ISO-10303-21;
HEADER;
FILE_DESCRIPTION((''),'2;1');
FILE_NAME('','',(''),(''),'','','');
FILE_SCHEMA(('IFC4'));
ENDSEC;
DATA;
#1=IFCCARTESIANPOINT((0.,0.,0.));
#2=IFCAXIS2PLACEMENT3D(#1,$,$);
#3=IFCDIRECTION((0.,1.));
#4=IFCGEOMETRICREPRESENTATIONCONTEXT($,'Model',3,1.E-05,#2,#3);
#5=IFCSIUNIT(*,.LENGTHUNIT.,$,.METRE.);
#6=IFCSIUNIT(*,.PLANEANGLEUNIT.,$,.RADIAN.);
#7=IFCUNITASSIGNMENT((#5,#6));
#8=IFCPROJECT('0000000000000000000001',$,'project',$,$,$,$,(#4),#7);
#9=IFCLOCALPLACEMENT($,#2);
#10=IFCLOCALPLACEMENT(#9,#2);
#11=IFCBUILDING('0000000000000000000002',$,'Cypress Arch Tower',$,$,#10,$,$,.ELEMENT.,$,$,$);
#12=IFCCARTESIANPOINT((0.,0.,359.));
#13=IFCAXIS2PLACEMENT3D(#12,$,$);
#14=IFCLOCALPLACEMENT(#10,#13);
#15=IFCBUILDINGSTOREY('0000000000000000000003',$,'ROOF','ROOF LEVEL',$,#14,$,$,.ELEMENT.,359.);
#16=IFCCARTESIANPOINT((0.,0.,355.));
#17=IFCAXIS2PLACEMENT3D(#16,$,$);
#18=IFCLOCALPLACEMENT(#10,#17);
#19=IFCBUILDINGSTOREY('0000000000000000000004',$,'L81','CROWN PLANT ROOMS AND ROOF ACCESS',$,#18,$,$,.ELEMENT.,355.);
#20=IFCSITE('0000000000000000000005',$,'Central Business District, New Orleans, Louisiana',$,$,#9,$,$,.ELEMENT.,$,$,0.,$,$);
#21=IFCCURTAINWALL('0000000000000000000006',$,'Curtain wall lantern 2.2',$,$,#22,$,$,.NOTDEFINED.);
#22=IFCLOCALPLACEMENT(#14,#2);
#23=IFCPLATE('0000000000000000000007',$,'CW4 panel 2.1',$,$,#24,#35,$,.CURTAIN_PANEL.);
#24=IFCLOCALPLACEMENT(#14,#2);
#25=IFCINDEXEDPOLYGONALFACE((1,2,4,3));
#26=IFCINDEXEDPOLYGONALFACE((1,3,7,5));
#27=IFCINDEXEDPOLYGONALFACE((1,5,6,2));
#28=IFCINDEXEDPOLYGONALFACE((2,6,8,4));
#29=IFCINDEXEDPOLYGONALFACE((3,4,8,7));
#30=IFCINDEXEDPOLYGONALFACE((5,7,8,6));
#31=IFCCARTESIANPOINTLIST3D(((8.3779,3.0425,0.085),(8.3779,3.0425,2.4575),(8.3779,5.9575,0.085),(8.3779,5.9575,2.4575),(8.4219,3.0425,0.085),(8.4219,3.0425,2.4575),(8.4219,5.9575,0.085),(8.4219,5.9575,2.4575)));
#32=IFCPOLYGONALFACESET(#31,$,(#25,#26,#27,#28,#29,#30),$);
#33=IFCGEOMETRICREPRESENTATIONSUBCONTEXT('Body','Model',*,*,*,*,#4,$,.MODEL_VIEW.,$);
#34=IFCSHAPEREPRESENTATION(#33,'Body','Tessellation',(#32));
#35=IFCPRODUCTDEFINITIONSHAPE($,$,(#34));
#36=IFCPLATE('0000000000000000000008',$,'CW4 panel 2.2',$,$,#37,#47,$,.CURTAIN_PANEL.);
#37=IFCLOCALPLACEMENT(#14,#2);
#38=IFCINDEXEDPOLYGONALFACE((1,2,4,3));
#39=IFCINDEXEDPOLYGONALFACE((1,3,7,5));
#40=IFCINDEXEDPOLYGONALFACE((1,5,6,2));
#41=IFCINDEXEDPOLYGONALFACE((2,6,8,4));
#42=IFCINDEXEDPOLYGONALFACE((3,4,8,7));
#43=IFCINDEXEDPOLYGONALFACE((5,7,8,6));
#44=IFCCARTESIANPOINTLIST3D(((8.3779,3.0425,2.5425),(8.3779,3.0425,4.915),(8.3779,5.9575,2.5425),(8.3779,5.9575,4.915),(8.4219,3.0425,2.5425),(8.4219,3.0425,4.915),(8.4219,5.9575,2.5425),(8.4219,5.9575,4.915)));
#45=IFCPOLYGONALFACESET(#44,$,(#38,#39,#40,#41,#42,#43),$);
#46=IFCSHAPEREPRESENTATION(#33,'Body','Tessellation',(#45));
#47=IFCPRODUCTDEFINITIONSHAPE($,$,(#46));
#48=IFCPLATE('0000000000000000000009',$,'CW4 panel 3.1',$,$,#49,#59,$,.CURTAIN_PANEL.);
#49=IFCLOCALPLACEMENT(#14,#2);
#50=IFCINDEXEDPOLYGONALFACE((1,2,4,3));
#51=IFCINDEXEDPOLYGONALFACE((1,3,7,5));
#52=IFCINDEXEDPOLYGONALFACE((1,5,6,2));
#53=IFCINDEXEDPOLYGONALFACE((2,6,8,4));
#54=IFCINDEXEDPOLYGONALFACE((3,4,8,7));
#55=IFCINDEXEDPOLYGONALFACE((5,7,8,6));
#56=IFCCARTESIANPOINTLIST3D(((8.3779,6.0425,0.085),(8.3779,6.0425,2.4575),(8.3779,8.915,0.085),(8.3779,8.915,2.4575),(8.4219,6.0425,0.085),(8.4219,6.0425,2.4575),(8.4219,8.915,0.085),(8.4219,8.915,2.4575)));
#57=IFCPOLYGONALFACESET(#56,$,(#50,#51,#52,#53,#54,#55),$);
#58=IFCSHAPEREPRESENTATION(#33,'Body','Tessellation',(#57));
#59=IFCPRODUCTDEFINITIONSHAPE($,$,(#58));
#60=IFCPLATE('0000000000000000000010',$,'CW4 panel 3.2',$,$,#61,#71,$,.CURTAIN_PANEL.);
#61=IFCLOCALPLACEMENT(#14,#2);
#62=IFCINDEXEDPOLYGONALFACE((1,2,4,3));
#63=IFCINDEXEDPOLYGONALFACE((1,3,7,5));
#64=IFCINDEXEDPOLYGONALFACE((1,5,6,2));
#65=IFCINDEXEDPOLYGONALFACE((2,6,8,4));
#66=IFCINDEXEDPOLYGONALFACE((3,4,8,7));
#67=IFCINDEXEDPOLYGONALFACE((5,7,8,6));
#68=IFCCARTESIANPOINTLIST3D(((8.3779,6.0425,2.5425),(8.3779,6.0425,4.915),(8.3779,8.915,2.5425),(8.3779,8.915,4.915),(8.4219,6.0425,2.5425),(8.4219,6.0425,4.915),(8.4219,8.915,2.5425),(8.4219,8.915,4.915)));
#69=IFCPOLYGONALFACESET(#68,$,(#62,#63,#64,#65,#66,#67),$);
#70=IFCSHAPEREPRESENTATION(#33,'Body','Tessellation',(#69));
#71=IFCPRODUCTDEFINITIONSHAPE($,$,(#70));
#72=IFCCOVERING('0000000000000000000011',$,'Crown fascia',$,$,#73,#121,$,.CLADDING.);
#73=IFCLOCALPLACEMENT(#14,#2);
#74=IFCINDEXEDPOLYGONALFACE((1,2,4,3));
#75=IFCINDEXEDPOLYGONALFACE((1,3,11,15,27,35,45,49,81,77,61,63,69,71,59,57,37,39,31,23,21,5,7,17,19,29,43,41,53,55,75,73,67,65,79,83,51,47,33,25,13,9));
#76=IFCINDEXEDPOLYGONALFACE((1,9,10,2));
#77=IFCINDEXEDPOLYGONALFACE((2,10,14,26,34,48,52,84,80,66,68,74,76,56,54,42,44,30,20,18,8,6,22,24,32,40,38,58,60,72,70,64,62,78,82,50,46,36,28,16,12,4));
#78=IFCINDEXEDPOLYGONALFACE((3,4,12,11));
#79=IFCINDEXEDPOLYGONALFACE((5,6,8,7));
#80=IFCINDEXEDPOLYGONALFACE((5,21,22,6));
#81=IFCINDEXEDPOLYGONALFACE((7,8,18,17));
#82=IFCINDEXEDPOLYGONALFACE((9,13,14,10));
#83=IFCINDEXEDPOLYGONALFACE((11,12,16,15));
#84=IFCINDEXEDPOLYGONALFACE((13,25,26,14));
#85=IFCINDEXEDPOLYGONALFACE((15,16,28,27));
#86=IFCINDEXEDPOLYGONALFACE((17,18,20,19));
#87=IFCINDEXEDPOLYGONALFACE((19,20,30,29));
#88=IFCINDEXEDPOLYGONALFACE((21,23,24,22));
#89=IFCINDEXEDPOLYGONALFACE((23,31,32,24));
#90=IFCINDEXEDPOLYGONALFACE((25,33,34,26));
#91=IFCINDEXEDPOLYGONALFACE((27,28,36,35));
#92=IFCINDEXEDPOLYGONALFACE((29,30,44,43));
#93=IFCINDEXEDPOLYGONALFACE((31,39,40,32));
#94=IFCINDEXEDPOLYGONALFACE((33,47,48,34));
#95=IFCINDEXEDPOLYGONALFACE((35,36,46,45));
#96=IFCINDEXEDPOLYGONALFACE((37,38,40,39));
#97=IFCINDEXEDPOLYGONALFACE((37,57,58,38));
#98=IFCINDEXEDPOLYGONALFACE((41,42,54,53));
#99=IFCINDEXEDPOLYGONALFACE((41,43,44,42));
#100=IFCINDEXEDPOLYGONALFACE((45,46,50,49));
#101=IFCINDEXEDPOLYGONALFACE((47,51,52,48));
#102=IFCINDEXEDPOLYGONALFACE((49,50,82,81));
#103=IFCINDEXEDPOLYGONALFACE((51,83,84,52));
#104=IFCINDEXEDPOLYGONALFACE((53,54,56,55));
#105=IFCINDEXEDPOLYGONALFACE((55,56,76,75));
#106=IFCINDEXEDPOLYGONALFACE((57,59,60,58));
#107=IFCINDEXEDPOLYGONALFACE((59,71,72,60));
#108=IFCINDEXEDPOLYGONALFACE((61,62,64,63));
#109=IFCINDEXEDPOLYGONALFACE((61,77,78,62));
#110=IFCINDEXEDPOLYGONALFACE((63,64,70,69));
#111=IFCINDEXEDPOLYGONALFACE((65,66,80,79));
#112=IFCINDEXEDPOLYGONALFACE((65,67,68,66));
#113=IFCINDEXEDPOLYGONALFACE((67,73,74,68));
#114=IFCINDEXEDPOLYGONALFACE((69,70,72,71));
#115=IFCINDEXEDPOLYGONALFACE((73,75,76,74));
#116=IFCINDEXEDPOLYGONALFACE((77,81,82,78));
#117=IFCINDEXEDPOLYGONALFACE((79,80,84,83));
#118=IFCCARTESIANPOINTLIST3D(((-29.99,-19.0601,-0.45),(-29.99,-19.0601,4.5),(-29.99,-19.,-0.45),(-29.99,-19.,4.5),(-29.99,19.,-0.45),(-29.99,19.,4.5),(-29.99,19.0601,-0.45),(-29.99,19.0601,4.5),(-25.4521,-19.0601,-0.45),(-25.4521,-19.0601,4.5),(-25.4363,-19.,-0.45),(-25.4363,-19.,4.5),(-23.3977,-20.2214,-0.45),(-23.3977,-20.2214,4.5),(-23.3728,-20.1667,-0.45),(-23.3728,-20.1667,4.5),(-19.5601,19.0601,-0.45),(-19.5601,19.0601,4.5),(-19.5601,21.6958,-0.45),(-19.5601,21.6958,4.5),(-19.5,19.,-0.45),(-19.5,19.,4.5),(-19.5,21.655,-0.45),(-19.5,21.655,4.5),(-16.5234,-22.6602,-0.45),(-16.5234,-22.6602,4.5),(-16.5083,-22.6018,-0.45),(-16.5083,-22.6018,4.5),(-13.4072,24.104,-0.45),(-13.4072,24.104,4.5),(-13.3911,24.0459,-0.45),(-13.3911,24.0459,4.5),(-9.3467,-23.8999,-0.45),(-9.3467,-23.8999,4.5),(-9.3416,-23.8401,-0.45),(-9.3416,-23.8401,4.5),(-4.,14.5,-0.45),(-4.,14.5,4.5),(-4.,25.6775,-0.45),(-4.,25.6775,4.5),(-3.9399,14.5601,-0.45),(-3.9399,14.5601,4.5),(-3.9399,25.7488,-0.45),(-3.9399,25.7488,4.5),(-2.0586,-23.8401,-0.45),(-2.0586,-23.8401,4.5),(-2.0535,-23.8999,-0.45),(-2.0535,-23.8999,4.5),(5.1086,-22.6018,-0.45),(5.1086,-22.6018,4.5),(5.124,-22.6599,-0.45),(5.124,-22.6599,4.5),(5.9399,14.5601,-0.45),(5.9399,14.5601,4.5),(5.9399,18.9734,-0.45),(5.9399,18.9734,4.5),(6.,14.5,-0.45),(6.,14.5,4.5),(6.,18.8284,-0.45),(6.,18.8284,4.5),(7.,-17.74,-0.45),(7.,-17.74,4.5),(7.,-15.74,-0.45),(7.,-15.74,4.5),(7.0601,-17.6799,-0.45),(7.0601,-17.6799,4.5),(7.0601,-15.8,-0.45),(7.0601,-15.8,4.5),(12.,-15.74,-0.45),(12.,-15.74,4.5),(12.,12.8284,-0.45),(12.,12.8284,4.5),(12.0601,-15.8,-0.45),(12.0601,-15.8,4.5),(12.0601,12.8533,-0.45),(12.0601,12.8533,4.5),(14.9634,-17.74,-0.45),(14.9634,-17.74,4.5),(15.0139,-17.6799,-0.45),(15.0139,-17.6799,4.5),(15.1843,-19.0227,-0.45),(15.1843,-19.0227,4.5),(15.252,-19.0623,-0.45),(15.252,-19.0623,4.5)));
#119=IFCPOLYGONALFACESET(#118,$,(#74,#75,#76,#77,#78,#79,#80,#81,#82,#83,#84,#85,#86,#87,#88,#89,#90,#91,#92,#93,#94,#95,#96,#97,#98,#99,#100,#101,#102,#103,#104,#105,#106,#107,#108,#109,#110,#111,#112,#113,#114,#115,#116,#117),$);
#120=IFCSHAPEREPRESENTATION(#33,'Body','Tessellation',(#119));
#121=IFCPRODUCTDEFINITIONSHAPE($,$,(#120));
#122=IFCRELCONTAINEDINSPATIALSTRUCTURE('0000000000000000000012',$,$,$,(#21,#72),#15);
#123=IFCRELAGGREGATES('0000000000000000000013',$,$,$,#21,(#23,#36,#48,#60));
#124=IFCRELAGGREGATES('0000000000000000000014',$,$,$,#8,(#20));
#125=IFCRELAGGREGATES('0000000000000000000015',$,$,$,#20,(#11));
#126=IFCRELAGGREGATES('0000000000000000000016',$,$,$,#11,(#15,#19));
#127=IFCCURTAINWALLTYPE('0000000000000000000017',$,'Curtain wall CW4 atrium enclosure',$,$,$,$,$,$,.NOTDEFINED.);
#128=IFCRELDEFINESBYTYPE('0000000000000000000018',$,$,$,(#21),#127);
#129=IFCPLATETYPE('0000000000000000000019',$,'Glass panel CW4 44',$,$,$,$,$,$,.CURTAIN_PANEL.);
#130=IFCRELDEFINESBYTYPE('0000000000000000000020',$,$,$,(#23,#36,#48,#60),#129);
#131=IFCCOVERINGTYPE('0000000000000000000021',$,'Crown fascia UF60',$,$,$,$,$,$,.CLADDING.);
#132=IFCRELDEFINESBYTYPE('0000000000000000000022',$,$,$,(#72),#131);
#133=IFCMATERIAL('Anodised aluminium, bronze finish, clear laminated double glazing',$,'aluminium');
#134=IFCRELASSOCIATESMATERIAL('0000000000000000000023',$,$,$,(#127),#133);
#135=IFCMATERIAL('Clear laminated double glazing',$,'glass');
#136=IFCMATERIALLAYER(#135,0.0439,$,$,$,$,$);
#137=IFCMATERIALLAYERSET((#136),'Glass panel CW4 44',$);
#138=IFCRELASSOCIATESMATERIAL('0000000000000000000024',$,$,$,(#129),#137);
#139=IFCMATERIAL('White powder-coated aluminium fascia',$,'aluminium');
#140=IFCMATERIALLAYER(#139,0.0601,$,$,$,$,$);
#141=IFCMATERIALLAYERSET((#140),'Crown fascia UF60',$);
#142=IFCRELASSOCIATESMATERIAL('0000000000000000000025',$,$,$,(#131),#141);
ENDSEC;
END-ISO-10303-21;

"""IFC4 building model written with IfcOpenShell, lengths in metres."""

from ifc_helpers import new_model, si_unit, direction, frame, origin, origin_2d, place, context, subcontext, project, spatial, polyline, rectangle, outline, extrude, material, layer, layer_set, type_object, element, aggregate, save


model = new_model("IFC4")

# Units and contexts
model_context = context("Model", 3, precision=1e-05, world=origin(), true_north=direction((0.0, 1.0)))
body_context = subcontext(model_context, "Body", "Model", "MODEL_VIEW")
ifc_project = project(units=[si_unit("LENGTHUNIT", "METRE"), si_unit("PLANEANGLEUNIT", "RADIAN")], contexts=[model_context])

# Site, building, storey
site_placement = place(None, origin())
site = spatial("IfcSite", under=ifc_project, at=site_placement, Name="Central Business District, New Orleans, Louisiana", CompositionType="ELEMENT", RefElevation=0.0)
building_placement = place(site_placement, origin())
building = spatial("IfcBuilding", under=site, at=building_placement, Name="Cypress Arch Tower", CompositionType="ELEMENT")
storey_1_placement = place(building_placement, frame((0.0, 0.0, 359.0)))
storey_1 = spatial("IfcBuildingStorey", under=building, at=storey_1_placement, Name="ROOF", Description="ROOF LEVEL", CompositionType="ELEMENT", Elevation=359.0)

# Curtain wall
ifc_material_1 = material(Name="Anodised aluminium, bronze finish, clear laminated double glazing", Category="aluminium")
curtain_wall_type = type_object("IfcCurtainWallType", Name="Curtain wall CW4 atrium enclosure", PredefinedType="NOTDEFINED", material=ifc_material_1)
curtain_wall_1_placement = place(storey_1_placement, origin())
curtain_wall_1 = element("IfcCurtainWall", 1, at=curtain_wall_1_placement, inside=storey_1, type_object=curtain_wall_type, Name="Curtain wall lantern 2.2", PredefinedType="NOTDEFINED")

# Shared definitions
storey_2_placement = place(building_placement, frame((0.0, 0.0, 355.0)))
storey_2 = spatial("IfcBuildingStorey", under=building, at=storey_2_placement, Name="L81", Description="CROWN PLANT ROOMS AND ROOF ACCESS", CompositionType="ELEMENT", Elevation=355.0)

# Plates
ifc_material_2 = material(Name="Clear laminated double glazing", Category="glass")
ifc_layer_1 = layer(ifc_material_2, 0.0439)
ifc_layer_set_1 = layer_set([ifc_layer_1], Name="Glass panel CW4 44")
plate_type = type_object("IfcPlateType", Name="Glass panel CW4 44", PredefinedType="CURTAIN_PANEL", material=ifc_layer_set_1)
plate_1_placement = place(storey_1_placement, frame((8.3999, 4.5, 0.085), z_axis=(0.0, 0.0, 1.0), x_axis=(0.0, 1.0, 0.0)))
plate_1 = element("IfcPlate", 2, at=plate_1_placement, type_object=plate_type, Name="CW4 panel 2.1", PredefinedType="CURTAIN_PANEL", context=body_context, shape_type="SweptSolid", body=[
    extrude(rectangle(XDim=2.915, YDim=0.0439, at=origin_2d()), origin(), (0.0, 0.0, 1.0), 2.3726),
])
plate_2_placement = place(storey_1_placement, frame((8.3999, 4.5, 2.5425), z_axis=(0.0, 0.0, 1.0), x_axis=(0.0, 1.0, 0.0)))
plate_2 = element("IfcPlate", 3, at=plate_2_placement, type_object=plate_type, Name="CW4 panel 2.2", PredefinedType="CURTAIN_PANEL", context=body_context, shape_type="SweptSolid", body=[
    extrude(rectangle(XDim=2.915, YDim=0.0439, at=origin_2d()), origin(), (0.0, 0.0, 1.0), 2.3726),
])
plate_3_placement = place(storey_1_placement, frame((8.3999, 7.4788, 0.085), z_axis=(0.0, 0.0, 1.0), x_axis=(0.0, 1.0, 0.0)))
plate_3 = element("IfcPlate", 4, at=plate_3_placement, type_object=plate_type, Name="CW4 panel 3.1", PredefinedType="CURTAIN_PANEL", context=body_context, shape_type="SweptSolid", body=[
    extrude(rectangle(XDim=2.8726, YDim=0.0439, at=origin_2d()), origin(), (0.0, 0.0, 1.0), 2.3726),
])
plate_4_placement = place(storey_1_placement, frame((8.3999, 7.4788, 2.5425), z_axis=(0.0, 0.0, 1.0), x_axis=(0.0, 1.0, 0.0)))
plate_4 = element("IfcPlate", 5, at=plate_4_placement, type_object=plate_type, Name="CW4 panel 3.2", PredefinedType="CURTAIN_PANEL", context=body_context, shape_type="SweptSolid", body=[
    extrude(rectangle(XDim=2.8726, YDim=0.0439, at=origin_2d()), origin(), (0.0, 0.0, 1.0), 2.3726),
])
aggregate(curtain_wall_1, [plate_1, plate_2, plate_3, plate_4])

# Covering
ifc_material_3 = material(Name="White powder-coated aluminium fascia", Category="aluminium")
ifc_layer_2 = layer(ifc_material_3, 0.0601)
ifc_layer_set_2 = layer_set([ifc_layer_2], Name="Crown fascia UF60")
covering_type = type_object("IfcCoveringType", Name="Crown fascia UF60", PredefinedType="CLADDING", material=ifc_layer_set_2)
covering_placement = place(storey_1_placement, frame((0.0, 0.0, -0.45)))
element("IfcCovering", 6, at=covering_placement, inside=storey_1, type_object=covering_type, Name="Crown fascia", PredefinedType="CLADDING", context=body_context, shape_type="SweptSolid", body=[
    extrude(outline(polyline([(-13.4072, 24.104), (-3.9399, 25.7488), (-3.9399, 14.5601), (5.9399, 14.5601), (5.9399, 18.9734), (12.0601, 12.8533), (12.0601, -15.8), (7.0601, -15.8), (7.0601, -17.6799), (15.0139, -17.6799), (15.252, -19.0623), (5.124, -22.6599), (-2.0535, -23.8999), (-9.3467, -23.8999), (-16.5234, -22.6602), (-23.3977, -20.2214), (-25.4521, -19.0601), (-29.99, -19.0601), (-29.99, -19.0), (-25.4363, -19.0), (-23.3728, -20.1667), (-16.5083, -22.6018), (-9.3416, -23.8401), (-2.0586, -23.8401), (5.1086, -22.6018), (15.1843, -19.0227), (14.9634, -17.74), (7.0, -17.74), (7.0, -15.74), (12.0, -15.74), (12.0, 12.8284), (6.0, 18.8284), (6.0, 14.5), (-4.0, 14.5), (-4.0, 25.6775), (-13.3911, 24.0459), (-19.5, 21.655), (-19.5, 19.0), (-29.99, 19.0), (-29.99, 19.0601), (-19.5601, 19.0601), (-19.5601, 21.6958), (-13.4072, 24.104)])), origin(), (0.0, 0.0, 1.0), 4.95),
])

save(model, "model.ifc")
